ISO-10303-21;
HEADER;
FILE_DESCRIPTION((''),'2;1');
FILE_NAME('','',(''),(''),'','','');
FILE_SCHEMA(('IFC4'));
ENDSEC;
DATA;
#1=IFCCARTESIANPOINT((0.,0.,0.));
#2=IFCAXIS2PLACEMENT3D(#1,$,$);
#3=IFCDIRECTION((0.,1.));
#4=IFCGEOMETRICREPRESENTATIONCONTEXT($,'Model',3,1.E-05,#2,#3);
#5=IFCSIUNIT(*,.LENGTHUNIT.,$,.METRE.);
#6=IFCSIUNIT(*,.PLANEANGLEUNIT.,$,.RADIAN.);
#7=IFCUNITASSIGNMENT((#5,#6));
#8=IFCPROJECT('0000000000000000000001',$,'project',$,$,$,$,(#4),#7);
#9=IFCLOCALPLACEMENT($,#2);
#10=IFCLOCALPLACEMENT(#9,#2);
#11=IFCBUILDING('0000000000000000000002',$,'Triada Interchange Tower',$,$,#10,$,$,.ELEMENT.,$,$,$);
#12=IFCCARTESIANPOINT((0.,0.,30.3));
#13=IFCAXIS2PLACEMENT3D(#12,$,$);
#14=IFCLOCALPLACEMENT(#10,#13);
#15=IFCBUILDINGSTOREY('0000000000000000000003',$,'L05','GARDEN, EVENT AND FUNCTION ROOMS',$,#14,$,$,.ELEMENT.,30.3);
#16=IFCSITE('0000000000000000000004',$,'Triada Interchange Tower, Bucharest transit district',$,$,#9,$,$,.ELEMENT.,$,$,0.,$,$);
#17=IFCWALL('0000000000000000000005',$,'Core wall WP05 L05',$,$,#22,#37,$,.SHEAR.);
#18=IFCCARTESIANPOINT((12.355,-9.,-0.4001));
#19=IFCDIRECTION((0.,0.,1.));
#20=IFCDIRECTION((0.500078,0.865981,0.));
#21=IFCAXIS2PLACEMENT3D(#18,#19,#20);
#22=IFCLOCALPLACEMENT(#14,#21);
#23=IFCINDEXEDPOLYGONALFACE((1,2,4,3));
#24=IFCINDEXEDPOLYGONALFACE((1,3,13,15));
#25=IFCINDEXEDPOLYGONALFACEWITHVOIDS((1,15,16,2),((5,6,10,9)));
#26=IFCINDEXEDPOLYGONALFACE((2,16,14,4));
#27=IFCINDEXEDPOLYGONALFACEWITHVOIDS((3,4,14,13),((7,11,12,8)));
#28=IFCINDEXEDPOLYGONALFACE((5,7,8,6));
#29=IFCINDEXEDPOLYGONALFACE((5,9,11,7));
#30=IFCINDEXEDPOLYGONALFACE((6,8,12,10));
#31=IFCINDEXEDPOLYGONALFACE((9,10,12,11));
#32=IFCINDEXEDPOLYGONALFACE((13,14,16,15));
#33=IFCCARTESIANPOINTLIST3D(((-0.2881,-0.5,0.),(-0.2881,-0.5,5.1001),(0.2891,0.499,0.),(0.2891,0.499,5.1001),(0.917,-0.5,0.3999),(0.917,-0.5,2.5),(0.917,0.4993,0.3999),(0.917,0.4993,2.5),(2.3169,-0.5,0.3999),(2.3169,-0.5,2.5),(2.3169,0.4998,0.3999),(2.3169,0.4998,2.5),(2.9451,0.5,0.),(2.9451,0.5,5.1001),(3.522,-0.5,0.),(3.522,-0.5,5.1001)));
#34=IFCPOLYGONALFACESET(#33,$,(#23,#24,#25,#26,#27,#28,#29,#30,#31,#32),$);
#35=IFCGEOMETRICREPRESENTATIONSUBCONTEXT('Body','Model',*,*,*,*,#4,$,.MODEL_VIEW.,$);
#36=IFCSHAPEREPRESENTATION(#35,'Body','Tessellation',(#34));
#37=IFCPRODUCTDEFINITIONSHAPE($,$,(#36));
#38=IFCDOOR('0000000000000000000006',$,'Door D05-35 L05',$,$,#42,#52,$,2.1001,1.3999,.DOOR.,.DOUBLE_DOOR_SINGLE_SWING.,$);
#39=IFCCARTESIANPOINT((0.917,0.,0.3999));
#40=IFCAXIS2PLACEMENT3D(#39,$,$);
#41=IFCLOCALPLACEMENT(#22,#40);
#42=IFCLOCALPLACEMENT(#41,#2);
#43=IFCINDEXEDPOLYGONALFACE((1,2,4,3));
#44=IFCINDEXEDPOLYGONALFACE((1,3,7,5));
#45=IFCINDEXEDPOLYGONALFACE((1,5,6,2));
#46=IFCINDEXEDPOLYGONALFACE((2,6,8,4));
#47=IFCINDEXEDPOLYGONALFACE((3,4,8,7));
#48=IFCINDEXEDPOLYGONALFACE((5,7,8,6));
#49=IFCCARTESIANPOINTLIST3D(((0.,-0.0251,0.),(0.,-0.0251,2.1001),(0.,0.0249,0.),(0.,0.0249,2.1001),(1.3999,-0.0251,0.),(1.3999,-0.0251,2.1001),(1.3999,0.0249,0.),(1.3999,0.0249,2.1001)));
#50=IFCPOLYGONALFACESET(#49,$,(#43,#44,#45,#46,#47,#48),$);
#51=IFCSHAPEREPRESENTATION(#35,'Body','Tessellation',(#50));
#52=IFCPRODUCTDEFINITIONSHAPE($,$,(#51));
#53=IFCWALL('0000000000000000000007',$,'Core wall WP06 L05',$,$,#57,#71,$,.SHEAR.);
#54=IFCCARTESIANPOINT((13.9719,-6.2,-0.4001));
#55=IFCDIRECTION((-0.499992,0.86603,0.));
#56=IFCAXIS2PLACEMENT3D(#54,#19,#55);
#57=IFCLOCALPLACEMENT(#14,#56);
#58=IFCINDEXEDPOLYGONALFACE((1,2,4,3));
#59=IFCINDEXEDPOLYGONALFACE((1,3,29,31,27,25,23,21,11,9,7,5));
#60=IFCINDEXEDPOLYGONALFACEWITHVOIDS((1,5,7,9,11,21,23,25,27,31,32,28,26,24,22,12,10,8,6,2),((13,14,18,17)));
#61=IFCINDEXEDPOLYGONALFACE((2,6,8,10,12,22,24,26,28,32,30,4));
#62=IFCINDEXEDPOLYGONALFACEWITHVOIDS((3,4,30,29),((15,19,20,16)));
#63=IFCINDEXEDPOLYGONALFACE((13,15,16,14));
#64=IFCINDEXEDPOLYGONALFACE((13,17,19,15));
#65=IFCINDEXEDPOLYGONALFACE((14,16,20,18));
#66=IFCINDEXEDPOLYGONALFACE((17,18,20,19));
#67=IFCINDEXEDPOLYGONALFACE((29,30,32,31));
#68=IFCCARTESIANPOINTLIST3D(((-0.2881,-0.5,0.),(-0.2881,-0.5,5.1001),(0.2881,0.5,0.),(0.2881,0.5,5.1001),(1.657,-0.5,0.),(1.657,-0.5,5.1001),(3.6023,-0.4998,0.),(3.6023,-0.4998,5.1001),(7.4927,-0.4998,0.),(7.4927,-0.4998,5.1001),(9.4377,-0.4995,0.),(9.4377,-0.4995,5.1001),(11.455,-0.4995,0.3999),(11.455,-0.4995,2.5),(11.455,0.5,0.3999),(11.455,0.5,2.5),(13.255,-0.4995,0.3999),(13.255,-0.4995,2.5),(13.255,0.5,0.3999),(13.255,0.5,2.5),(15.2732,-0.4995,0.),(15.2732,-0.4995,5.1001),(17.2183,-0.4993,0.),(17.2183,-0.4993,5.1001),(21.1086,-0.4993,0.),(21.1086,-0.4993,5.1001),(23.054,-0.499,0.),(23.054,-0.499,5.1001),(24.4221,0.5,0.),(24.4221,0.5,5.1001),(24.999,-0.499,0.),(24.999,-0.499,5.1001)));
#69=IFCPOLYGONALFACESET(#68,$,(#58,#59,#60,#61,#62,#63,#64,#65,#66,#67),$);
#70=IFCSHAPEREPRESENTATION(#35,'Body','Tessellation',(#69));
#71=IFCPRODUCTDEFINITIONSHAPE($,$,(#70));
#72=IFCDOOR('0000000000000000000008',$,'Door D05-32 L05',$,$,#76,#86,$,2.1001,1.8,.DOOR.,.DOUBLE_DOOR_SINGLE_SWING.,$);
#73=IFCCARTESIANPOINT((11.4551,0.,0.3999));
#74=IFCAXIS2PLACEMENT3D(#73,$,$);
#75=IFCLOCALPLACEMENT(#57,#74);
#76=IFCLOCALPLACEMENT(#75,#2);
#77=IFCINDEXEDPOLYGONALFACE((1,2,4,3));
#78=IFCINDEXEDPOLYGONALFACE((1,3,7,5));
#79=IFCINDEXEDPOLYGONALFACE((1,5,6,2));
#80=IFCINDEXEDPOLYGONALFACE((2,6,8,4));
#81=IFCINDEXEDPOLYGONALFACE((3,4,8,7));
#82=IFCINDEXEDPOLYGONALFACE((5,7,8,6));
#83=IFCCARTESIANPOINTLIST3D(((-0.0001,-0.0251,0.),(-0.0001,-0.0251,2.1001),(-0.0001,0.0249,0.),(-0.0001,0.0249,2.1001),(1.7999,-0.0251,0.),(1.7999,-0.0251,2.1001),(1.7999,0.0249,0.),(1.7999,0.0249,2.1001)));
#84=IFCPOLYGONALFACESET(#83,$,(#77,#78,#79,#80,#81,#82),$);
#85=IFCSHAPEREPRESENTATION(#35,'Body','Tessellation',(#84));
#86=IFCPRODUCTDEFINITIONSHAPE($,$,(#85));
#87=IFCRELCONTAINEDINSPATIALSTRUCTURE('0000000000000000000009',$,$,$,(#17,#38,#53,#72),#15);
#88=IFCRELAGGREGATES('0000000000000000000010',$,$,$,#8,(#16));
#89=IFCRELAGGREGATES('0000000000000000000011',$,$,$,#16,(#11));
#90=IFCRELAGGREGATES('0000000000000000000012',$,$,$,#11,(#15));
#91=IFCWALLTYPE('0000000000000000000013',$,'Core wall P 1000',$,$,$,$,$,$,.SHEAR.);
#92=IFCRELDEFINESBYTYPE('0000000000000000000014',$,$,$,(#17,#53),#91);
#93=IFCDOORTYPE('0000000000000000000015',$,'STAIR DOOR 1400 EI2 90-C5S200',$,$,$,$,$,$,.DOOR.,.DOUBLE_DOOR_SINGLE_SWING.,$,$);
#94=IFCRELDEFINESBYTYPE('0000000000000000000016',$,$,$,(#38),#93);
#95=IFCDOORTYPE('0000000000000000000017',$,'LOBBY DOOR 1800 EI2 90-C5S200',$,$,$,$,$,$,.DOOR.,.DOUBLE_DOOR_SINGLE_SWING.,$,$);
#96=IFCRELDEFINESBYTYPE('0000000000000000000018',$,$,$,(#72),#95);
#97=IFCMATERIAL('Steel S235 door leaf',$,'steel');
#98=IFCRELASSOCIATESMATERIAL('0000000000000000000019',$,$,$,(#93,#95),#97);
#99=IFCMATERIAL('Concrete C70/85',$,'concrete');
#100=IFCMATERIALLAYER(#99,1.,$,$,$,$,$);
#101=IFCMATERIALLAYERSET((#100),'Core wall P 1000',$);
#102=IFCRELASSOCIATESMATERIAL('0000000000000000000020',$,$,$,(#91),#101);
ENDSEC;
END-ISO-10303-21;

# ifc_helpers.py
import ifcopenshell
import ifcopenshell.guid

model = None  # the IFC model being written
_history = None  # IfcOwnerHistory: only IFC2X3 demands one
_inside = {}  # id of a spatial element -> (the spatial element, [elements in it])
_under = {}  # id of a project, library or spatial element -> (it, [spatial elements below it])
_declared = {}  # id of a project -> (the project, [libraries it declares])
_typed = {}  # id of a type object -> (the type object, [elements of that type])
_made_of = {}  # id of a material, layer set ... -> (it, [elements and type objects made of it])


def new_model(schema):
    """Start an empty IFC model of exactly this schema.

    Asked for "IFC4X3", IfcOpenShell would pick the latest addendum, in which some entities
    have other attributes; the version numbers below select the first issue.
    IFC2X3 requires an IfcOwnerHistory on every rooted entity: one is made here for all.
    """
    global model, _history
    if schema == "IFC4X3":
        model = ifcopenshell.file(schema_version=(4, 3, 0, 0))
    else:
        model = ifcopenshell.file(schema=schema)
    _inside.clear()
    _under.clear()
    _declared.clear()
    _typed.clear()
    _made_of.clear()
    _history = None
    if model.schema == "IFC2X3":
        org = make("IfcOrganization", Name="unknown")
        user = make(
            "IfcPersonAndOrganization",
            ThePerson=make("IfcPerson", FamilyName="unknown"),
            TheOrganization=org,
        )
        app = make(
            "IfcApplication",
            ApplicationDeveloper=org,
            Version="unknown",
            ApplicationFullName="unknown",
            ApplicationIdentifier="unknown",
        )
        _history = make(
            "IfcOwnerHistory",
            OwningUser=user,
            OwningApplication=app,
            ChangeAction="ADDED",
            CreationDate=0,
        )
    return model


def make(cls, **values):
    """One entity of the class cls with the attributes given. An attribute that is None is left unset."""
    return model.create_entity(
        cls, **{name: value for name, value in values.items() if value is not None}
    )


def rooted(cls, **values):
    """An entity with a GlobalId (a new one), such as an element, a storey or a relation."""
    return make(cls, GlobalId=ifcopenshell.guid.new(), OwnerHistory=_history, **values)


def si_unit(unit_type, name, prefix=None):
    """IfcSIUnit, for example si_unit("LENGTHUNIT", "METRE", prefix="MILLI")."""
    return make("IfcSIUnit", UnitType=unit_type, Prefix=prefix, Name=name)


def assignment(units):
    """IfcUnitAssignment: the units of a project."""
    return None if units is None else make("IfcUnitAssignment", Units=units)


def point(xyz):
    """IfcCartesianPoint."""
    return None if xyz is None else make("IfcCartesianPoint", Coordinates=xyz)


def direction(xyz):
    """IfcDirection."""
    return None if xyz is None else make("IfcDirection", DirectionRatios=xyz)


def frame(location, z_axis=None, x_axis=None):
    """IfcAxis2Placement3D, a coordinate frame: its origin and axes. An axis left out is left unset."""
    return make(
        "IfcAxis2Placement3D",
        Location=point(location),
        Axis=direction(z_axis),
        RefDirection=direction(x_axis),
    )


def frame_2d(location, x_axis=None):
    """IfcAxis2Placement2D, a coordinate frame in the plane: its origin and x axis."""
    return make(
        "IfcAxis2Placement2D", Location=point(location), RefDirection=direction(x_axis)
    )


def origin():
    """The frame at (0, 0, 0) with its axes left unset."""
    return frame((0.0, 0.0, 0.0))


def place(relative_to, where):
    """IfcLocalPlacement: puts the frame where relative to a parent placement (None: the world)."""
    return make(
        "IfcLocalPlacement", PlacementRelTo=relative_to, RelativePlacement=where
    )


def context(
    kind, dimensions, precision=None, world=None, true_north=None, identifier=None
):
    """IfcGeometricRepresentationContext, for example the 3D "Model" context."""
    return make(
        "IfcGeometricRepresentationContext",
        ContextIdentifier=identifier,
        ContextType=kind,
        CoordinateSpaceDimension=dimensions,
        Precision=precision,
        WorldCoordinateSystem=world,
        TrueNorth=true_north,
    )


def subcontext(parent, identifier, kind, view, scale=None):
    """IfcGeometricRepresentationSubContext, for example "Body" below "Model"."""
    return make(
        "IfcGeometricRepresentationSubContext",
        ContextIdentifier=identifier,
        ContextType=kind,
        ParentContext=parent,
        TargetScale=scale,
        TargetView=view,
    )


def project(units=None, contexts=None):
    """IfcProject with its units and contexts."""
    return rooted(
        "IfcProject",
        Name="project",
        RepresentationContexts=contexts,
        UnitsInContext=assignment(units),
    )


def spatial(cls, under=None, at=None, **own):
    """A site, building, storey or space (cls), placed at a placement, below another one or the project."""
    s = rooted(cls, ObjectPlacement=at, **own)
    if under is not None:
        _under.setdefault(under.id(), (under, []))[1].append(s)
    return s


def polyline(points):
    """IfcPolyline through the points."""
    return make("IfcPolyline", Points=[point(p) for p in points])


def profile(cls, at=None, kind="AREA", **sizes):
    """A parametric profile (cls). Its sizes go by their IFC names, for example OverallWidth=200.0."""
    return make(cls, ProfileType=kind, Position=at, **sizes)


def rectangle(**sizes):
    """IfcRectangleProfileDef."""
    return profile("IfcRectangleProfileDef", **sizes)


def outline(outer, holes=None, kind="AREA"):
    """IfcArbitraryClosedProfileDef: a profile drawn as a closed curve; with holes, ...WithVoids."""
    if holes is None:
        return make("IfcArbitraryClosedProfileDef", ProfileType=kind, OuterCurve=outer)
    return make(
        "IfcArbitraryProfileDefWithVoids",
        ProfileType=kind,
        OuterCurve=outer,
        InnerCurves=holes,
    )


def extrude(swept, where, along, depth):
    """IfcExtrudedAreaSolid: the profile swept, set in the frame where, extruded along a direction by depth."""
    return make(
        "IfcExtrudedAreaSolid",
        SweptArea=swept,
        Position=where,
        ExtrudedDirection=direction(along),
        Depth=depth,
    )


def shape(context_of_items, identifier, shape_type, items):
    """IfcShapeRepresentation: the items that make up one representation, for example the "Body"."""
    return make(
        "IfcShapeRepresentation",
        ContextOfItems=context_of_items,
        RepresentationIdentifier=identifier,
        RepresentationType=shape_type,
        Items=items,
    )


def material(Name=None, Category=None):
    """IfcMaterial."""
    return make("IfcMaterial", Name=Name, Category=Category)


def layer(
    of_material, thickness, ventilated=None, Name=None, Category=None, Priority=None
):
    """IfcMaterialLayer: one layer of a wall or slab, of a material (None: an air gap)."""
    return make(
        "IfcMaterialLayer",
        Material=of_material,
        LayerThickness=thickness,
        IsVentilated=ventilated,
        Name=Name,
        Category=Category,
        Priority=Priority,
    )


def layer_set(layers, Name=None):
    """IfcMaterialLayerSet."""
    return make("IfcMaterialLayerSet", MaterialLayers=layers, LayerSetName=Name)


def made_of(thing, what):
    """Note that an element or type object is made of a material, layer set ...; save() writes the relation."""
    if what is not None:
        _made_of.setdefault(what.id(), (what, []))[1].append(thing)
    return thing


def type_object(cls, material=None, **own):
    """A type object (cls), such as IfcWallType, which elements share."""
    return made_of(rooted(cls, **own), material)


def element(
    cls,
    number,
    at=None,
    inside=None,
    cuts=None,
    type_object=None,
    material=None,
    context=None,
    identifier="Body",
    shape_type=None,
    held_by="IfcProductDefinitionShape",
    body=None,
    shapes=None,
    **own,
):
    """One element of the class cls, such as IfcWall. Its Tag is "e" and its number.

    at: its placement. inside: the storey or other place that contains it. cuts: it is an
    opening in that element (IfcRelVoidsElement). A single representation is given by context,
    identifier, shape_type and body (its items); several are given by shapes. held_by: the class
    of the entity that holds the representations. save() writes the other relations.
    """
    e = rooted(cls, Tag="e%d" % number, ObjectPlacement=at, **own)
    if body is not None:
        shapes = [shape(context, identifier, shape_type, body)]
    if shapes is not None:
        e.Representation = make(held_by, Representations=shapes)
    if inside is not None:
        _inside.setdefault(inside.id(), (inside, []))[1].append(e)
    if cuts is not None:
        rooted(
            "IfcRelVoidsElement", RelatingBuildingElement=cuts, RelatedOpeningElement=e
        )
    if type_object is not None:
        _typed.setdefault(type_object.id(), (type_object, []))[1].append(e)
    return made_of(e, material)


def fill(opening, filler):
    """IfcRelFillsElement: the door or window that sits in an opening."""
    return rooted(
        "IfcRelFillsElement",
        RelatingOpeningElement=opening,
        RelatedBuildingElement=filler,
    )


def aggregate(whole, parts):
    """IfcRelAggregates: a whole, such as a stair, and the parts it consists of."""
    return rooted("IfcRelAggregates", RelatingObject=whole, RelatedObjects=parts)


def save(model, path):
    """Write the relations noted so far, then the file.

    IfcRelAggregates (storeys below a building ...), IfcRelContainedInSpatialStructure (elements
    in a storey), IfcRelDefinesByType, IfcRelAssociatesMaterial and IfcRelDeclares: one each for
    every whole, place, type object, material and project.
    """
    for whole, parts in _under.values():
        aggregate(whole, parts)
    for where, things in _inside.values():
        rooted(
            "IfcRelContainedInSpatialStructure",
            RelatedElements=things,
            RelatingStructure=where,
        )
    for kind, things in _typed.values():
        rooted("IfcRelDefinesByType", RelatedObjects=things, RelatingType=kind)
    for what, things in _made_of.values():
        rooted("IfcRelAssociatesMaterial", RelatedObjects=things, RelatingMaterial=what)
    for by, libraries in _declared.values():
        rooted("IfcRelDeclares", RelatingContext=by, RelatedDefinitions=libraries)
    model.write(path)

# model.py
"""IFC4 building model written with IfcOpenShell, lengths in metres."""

from ifc_helpers import new_model, si_unit, direction, frame, frame_2d, origin, place, context, subcontext, project, spatial, polyline, rectangle, outline, extrude, material, layer, layer_set, type_object, element, fill, save


model = new_model("IFC4")

# Units and contexts
model_context = context("Model", 3, precision=1e-05, world=origin(), true_north=direction((0.0, 1.0)))
body_context = subcontext(model_context, "Body", "Model", "MODEL_VIEW")
ifc_project = project(units=[si_unit("LENGTHUNIT", "METRE"), si_unit("PLANEANGLEUNIT", "RADIAN")], contexts=[model_context])

# Site, building, storey
site_placement = place(None, origin())
site = spatial("IfcSite", under=ifc_project, at=site_placement, Name="Triada Interchange Tower, Bucharest transit district", CompositionType="ELEMENT", RefElevation=0.0)
building_placement = place(site_placement, origin())
building = spatial("IfcBuilding", under=site, at=building_placement, Name="Triada Interchange Tower", CompositionType="ELEMENT")
storey_placement = place(building_placement, frame((0.0, 0.0, 30.3)))
storey = spatial("IfcBuildingStorey", under=building, at=storey_placement, Name="L05", Description="GARDEN, EVENT AND FUNCTION ROOMS", CompositionType="ELEMENT", Elevation=30.3)

# Shared definitions
ifc_material_1 = material(Name="Steel S235 door leaf", Category="steel")
door_type_1 = type_object("IfcDoorType", Name="STAIR DOOR 1400 EI2 90-C5S200", OperationType="DOUBLE_DOOR_SINGLE_SWING", PredefinedType="DOOR", material=ifc_material_1)

# Walls, openings, doors
ifc_material_2 = material(Name="Concrete C70/85", Category="concrete")
ifc_layer_1 = layer(ifc_material_2, 1.0)
ifc_layer_set_1 = layer_set([ifc_layer_1], Name="Core wall P 1000")
wall_type_1 = type_object("IfcWallType", Name="Core wall P 1000", PredefinedType="SHEAR", material=ifc_layer_set_1)
wall_1_placement = place(storey_placement, frame((12.355, -9.0, -0.4001), z_axis=(0.0, 0.0, 1.0), x_axis=(0.500078, 0.865981, 0.0)))
wall_1 = element("IfcWall", 1, at=wall_1_placement, inside=storey, type_object=wall_type_1, Name="Core wall WP05 L05", PredefinedType="SHEAR", context=body_context, shape_type="SweptSolid", body=[
    extrude(outline(polyline([(-0.2881, -0.5), (1.6169, -0.5), (3.522, -0.5), (2.9451, 0.5), (1.6172, 0.4995), (0.2891, 0.499), (-0.2881, -0.5)])), origin(), (0.0, 0.0, 1.0), 5.1001),
])
opening_1_placement = place(wall_1_placement, frame((0.917, 0.0, 0.3999)))
opening_1 = element("IfcOpeningElement", 2, at=opening_1_placement, cuts=wall_1, PredefinedType="OPENING", context=body_context, shape_type="SweptSolid", body=[
    extrude(rectangle(XDim=1.3999, YDim=2.1001, at=frame_2d((0.7, 1.05))), frame((0.0, 0.51, 0.0), z_axis=(0.0, -1.0, 0.0), x_axis=(1.0, 0.0, 0.0)), (0.0, 0.0, 1.0), 1.02),
])
door_1_placement = place(opening_1_placement, origin())
door_1 = element("IfcDoor", 3, at=door_1_placement, inside=storey, type_object=door_type_1, Name="Door D05-35 L05", OperationType="DOUBLE_DOOR_SINGLE_SWING", OverallHeight=2.1001, OverallWidth=1.3999, PredefinedType="DOOR", context=body_context, shape_type="SweptSolid", body=[
    extrude(rectangle(XDim=1.3999, YDim=2.1001, at=frame_2d((0.7, 1.05))), frame((0.0, 0.0249, 0.0), z_axis=(0.0, -1.0, 0.0), x_axis=(1.0, 0.0, 0.0)), (0.0, 0.0, 1.0), 0.05),
])
fill(opening_1, door_1)
wall_2_placement = place(storey_placement, frame((13.9719, -6.2, -0.4001), z_axis=(0.0, 0.0, 1.0), x_axis=(-0.499992, 0.86603, 0.0)))
wall_2 = element("IfcWall", 4, at=wall_2_placement, inside=storey, type_object=wall_type_1, Name="Core wall WP06 L05", PredefinedType="SHEAR", context=body_context, shape_type="SweptSolid", body=[
    extrude(outline(polyline([(-0.2881, -0.5), (1.657, -0.5), (3.6023, -0.4998), (5.5474, -0.4998), (7.4927, -0.4998), (9.4377, -0.4995), (11.3828, -0.4995), (13.3281, -0.4995), (15.2732, -0.4995), (17.2183, -0.4993), (19.1636, -0.4993), (21.1086, -0.4993), (23.054, -0.499), (24.999, -0.499), (24.4221, 0.5), (22.5657, 0.5), (20.7092, 0.5), (18.8528, 0.5), (16.9963, 0.5), (15.1399, 0.5), (13.2834, 0.5), (11.4268, 0.5), (9.5703, 0.5), (7.7139, 0.5), (5.8574, 0.5), (4.001, 0.5), (2.1445, 0.5), (0.2881, 0.5), (-0.2881, -0.5)])), origin(), (0.0, 0.0, 1.0), 5.1001),
])
opening_2_placement = place(wall_2_placement, frame((11.4551, 0.0, 0.3999)))
opening_2 = element("IfcOpeningElement", 5, at=opening_2_placement, cuts=wall_2, PredefinedType="OPENING", context=body_context, shape_type="SweptSolid", body=[
    extrude(rectangle(XDim=1.8, YDim=2.1001, at=frame_2d((0.8999, 1.05))), frame((0.0, 0.51, 0.0), z_axis=(0.0, -1.0, 0.0), x_axis=(1.0, 0.0, 0.0)), (0.0, 0.0, 1.0), 1.02),
])
door_type_2 = type_object("IfcDoorType", Name="LOBBY DOOR 1800 EI2 90-C5S200", OperationType="DOUBLE_DOOR_SINGLE_SWING", PredefinedType="DOOR", material=ifc_material_1)
door_2_placement = place(opening_2_placement, origin())
door_2 = element("IfcDoor", 6, at=door_2_placement, inside=storey, type_object=door_type_2, Name="Door D05-32 L05", OperationType="DOUBLE_DOOR_SINGLE_SWING", OverallHeight=2.1001, OverallWidth=1.8, PredefinedType="DOOR", context=body_context, shape_type="SweptSolid", body=[
    extrude(rectangle(XDim=1.8, YDim=2.1001, at=frame_2d((0.8999, 1.05))), frame((0.0, 0.0249, 0.0), z_axis=(0.0, -1.0, 0.0), x_axis=(1.0, 0.0, 0.0)), (0.0, 0.0, 1.0), 0.05),
])
fill(opening_2, door_2)

save(model, "model.ifc")
